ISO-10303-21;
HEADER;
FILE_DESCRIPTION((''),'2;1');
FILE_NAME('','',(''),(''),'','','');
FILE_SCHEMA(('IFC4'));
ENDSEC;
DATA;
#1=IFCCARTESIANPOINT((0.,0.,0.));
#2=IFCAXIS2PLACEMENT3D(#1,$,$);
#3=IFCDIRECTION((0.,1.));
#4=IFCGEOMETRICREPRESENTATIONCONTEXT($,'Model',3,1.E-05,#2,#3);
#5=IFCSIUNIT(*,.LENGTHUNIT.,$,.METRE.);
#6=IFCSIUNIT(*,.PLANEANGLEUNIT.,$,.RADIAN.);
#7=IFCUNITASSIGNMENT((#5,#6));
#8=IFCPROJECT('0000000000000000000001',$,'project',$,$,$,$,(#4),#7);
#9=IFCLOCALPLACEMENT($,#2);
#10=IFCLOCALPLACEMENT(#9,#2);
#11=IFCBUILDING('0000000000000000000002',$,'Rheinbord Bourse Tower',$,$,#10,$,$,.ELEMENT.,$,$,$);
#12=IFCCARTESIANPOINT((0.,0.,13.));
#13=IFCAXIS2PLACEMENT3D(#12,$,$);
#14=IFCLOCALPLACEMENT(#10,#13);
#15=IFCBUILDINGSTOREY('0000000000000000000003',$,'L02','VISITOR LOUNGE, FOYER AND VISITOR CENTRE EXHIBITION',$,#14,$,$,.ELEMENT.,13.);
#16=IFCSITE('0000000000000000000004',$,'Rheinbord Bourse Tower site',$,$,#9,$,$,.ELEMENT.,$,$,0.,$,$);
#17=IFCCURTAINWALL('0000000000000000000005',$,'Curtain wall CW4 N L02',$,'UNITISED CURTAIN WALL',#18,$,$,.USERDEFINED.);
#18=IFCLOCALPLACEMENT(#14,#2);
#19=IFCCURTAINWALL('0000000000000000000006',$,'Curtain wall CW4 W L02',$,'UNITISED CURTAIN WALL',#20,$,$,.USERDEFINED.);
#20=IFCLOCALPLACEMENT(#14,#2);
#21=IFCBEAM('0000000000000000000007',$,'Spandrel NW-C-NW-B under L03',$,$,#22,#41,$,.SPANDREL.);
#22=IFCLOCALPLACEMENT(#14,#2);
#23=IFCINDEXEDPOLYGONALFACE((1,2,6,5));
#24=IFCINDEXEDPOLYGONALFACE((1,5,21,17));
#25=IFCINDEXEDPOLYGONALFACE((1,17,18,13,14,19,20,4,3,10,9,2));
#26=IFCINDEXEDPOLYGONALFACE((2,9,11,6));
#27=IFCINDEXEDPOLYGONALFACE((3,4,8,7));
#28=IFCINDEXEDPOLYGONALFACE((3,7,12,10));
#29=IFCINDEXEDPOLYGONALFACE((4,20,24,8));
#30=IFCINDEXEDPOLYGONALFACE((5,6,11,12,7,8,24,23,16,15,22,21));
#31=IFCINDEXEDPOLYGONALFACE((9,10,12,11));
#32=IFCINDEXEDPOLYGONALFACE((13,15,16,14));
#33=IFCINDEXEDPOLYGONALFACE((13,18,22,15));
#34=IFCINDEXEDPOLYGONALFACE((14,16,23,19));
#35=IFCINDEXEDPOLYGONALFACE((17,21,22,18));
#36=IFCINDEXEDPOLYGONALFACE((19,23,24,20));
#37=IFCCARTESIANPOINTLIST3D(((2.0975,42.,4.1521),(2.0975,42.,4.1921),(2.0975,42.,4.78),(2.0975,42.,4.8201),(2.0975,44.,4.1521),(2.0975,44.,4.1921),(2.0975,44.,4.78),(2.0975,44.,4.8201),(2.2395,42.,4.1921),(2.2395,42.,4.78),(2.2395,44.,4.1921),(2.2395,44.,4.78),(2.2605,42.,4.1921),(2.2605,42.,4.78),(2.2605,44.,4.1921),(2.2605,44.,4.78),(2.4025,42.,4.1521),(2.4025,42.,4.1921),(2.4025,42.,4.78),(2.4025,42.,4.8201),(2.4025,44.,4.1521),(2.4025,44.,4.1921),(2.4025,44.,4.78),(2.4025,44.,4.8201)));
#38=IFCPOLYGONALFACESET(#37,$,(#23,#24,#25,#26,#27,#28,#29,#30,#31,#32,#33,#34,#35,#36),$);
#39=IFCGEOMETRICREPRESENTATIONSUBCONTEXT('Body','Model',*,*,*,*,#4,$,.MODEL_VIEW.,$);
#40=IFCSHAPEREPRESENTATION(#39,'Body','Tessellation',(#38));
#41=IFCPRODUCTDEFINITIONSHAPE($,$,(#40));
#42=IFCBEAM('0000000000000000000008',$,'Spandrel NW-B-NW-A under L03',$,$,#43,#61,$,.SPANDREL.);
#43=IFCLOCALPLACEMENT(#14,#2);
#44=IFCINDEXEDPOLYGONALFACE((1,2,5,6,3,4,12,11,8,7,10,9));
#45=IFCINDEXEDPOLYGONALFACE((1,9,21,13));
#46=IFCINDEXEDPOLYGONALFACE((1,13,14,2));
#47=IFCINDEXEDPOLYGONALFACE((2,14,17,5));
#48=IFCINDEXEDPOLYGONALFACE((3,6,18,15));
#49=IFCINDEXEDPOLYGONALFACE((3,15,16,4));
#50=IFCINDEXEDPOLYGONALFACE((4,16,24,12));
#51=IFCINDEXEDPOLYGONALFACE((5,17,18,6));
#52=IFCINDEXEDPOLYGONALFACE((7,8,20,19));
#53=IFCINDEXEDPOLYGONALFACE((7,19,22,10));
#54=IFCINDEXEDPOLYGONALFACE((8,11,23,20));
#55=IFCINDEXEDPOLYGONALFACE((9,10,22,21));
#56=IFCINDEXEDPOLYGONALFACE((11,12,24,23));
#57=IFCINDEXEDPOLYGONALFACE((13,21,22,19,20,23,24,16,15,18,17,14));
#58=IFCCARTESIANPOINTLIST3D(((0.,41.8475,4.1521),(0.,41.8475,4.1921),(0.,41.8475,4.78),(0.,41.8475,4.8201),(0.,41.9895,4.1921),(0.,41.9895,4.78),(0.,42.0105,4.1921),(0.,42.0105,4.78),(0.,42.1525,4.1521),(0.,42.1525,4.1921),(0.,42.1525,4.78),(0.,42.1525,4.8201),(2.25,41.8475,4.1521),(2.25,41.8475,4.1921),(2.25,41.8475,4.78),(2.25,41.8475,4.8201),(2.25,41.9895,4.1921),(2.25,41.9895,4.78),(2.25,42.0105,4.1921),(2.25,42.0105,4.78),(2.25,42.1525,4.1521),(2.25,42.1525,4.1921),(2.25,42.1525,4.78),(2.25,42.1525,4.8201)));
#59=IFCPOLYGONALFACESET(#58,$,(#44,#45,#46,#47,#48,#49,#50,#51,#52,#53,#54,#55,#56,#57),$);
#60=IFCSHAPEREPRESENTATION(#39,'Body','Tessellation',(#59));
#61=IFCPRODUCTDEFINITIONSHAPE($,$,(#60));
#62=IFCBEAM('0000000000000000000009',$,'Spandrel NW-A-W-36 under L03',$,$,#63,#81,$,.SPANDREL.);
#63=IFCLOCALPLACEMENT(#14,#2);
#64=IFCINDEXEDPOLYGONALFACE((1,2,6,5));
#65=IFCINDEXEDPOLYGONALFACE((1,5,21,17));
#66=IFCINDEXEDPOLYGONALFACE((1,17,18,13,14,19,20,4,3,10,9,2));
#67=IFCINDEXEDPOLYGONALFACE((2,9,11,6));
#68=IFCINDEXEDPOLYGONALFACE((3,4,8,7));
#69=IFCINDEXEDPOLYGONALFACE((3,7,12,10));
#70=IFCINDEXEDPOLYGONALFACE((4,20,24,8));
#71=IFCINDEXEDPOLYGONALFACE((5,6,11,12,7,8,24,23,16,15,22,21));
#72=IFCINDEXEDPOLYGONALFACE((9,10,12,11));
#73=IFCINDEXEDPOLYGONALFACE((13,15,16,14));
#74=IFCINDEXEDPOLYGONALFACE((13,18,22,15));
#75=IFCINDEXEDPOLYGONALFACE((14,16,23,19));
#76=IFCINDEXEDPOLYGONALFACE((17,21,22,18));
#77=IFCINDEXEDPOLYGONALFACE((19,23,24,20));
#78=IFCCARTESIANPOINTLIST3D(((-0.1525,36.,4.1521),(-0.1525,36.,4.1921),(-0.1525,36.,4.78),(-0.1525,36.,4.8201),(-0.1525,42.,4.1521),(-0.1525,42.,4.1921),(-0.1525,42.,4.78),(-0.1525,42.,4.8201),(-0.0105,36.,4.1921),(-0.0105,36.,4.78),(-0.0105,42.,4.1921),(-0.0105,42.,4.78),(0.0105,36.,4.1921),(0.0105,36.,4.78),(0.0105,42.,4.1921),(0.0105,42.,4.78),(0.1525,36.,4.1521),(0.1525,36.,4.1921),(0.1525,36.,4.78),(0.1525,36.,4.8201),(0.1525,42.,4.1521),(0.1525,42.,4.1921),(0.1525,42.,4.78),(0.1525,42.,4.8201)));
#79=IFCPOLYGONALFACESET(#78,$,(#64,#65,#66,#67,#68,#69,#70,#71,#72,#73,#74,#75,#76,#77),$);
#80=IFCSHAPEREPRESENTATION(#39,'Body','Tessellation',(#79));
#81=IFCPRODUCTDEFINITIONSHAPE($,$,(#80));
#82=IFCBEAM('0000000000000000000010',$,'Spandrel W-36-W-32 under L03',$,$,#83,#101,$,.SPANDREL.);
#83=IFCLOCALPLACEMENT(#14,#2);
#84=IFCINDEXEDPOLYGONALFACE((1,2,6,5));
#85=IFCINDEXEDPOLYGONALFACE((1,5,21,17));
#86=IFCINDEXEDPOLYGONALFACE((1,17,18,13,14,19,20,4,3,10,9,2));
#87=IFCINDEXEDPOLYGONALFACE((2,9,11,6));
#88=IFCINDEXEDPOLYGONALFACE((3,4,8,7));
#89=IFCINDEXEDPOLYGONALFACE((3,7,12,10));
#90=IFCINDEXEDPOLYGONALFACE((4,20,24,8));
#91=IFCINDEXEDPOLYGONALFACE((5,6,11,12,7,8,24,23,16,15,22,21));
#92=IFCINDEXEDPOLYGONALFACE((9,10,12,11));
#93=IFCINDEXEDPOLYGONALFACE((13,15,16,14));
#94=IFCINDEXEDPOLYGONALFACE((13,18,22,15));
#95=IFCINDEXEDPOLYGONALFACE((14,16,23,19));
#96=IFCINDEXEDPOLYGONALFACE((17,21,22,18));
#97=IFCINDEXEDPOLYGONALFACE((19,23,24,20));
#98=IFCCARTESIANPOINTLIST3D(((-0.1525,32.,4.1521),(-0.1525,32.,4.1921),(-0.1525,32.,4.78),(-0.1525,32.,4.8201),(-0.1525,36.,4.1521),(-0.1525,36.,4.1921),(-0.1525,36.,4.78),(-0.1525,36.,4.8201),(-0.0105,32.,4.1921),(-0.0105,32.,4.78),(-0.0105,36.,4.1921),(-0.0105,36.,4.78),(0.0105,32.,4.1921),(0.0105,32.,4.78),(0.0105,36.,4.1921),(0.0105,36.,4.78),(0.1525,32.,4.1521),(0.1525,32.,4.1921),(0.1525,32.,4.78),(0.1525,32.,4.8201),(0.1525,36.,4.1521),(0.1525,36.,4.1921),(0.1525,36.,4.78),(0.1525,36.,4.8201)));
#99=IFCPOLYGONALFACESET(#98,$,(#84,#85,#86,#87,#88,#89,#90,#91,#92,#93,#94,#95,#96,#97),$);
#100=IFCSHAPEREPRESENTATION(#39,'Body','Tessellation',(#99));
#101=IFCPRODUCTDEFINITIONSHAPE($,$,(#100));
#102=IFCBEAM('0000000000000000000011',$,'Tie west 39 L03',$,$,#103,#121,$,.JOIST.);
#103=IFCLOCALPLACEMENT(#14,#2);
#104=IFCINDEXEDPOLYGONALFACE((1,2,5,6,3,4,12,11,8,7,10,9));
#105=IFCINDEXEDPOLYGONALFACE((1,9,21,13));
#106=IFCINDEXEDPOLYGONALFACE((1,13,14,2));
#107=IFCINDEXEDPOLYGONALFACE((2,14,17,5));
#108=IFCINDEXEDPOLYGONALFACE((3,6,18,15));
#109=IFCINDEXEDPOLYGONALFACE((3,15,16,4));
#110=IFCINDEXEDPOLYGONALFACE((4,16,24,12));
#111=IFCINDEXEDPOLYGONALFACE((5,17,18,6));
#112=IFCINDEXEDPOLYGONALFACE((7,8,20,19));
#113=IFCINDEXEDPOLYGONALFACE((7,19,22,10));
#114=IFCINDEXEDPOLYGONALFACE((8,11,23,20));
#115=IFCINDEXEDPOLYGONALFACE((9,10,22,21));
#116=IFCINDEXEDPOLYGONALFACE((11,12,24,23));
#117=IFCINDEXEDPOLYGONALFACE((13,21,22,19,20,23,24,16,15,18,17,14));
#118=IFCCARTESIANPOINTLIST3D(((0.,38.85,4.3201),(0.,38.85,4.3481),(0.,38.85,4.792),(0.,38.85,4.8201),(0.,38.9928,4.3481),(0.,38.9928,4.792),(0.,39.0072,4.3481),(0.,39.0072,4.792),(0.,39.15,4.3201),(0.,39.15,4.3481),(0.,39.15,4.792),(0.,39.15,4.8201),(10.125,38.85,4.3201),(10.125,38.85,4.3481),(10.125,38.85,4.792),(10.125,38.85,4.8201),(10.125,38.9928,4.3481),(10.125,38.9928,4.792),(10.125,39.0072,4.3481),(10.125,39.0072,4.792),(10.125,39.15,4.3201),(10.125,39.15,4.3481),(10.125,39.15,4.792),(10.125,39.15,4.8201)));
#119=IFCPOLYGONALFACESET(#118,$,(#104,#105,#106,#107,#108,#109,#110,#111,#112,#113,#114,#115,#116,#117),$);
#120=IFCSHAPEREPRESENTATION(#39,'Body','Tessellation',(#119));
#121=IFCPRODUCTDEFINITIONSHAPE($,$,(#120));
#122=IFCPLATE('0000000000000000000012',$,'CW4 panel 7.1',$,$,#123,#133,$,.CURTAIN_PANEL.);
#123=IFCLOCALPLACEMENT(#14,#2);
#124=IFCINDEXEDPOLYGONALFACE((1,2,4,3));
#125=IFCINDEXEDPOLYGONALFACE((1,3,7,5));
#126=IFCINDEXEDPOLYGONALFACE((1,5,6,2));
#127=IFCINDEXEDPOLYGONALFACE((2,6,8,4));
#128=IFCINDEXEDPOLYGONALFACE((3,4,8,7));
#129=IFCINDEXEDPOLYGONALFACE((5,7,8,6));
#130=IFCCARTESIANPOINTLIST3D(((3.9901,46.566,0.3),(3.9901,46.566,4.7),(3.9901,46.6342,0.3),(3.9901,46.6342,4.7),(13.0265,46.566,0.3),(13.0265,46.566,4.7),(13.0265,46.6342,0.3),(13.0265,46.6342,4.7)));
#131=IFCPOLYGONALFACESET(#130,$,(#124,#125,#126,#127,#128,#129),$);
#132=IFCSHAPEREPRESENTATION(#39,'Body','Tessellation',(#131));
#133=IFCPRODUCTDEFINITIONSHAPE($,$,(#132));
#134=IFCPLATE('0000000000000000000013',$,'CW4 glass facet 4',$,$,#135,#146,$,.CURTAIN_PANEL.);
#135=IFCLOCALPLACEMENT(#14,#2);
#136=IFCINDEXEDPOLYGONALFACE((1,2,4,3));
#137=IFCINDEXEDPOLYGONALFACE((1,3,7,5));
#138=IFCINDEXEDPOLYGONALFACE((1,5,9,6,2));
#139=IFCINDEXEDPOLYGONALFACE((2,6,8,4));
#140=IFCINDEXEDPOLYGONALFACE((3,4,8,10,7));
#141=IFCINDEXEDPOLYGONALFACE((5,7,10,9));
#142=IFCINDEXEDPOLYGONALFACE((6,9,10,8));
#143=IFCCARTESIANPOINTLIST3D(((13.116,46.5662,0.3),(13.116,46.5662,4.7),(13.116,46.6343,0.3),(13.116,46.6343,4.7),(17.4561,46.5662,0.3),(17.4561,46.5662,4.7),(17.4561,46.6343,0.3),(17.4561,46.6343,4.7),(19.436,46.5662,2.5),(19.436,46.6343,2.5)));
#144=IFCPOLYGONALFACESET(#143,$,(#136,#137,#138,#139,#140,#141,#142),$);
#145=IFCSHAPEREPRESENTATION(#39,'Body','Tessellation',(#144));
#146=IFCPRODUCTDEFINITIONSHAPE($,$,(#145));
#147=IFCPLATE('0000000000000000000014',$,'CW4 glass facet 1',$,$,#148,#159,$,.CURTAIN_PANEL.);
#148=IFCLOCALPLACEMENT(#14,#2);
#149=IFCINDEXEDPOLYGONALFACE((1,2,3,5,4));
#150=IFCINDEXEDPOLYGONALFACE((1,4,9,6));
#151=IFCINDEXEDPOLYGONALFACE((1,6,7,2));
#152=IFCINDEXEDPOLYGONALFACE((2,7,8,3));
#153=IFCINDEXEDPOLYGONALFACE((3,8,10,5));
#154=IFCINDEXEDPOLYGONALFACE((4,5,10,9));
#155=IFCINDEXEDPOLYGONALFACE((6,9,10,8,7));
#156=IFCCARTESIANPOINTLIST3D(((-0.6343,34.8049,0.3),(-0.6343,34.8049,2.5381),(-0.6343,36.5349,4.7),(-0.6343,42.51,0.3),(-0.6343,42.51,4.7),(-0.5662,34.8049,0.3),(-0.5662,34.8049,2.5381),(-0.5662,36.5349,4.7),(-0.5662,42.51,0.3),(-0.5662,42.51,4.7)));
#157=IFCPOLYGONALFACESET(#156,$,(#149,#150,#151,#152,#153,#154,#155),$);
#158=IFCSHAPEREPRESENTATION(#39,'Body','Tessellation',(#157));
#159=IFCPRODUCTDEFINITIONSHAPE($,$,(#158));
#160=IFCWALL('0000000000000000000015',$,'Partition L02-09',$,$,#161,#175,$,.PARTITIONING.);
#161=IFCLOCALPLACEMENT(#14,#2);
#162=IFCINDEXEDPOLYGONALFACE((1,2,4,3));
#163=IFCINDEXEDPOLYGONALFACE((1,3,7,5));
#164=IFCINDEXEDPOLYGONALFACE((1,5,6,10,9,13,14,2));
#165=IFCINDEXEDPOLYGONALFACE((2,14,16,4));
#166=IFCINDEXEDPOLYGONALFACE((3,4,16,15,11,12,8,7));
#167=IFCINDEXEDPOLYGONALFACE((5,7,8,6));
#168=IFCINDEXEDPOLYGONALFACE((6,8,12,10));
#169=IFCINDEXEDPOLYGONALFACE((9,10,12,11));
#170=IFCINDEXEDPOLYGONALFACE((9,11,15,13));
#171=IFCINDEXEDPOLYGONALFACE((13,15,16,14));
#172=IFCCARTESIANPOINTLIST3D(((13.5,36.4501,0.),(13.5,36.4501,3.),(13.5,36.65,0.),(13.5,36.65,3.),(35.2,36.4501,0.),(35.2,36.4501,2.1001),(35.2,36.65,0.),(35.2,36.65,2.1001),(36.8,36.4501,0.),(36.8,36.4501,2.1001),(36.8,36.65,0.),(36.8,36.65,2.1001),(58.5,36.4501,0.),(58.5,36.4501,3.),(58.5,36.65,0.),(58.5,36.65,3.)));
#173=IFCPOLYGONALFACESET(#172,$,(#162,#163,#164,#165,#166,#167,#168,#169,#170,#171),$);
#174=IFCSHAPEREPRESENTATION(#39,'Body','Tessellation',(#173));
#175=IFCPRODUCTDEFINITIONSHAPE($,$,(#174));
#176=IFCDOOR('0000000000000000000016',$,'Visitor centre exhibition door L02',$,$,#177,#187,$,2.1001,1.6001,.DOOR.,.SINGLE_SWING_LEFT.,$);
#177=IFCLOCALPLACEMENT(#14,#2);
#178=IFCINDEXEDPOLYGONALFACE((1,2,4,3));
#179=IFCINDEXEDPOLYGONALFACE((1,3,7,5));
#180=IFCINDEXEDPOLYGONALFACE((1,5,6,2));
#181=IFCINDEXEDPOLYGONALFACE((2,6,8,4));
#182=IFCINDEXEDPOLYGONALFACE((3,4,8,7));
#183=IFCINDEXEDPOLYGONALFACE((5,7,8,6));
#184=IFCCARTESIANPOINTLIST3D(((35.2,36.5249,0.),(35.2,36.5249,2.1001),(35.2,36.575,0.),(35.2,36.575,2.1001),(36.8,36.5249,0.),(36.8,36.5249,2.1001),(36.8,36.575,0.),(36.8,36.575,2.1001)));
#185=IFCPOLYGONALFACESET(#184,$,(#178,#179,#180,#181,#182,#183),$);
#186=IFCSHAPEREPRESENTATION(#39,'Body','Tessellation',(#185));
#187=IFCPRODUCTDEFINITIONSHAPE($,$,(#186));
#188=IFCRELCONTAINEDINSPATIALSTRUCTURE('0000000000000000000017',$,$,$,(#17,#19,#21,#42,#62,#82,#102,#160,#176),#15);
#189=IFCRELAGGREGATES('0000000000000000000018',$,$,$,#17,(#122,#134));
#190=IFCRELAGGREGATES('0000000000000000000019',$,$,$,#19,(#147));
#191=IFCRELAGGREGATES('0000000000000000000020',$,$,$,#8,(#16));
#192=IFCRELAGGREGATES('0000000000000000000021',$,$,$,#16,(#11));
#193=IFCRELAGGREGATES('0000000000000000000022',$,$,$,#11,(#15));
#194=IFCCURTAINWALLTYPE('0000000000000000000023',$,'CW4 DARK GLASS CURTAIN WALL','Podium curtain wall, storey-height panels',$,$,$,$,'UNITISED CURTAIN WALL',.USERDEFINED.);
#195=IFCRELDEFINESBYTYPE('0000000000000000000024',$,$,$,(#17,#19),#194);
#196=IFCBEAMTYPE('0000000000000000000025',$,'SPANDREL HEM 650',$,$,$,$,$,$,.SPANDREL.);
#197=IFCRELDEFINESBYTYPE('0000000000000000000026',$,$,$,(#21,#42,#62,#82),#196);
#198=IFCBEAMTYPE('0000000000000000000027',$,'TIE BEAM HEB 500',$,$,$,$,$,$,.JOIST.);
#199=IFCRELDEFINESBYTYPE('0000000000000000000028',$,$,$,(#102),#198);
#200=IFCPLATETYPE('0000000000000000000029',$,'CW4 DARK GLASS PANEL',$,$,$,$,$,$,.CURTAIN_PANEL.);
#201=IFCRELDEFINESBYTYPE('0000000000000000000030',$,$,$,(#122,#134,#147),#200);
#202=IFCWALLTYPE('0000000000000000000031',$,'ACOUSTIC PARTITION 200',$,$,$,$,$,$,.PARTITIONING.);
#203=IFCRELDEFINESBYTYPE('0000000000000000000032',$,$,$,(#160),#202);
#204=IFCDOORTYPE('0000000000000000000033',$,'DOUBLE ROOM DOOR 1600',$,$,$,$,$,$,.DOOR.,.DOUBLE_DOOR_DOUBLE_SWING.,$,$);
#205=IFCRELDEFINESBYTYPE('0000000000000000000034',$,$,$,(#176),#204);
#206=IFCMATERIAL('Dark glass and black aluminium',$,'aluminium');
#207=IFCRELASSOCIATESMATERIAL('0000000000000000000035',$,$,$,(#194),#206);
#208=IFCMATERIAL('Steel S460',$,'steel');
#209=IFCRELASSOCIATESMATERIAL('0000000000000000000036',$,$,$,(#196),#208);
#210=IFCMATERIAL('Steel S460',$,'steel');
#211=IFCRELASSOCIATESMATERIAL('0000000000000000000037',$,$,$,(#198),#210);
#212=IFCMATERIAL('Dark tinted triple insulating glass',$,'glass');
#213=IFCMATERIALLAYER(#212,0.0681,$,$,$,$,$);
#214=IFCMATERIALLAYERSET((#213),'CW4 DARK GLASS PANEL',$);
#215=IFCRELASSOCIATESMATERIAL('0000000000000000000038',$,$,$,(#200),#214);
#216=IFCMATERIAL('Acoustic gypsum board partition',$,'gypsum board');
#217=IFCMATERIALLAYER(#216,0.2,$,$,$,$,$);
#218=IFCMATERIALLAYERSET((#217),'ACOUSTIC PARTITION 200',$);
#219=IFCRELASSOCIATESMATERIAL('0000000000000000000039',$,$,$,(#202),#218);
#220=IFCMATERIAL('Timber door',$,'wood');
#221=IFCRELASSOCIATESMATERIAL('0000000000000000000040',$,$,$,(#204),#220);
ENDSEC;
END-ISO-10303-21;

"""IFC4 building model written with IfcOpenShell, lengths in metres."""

from ifc_helpers import new_model, si_unit, direction, frame, frame_2d, origin, origin_2d, place, context, subcontext, project, spatial, polyline, rectangle, i_section, outline, extrude, material, layer, layer_set, material_profile, profile_set, type_object, element, fill, aggregate, save


model = new_model("IFC4")

# Units and contexts
model_context = context("Model", 3, precision=1e-05, world=origin(), true_north=direction((0.0, 1.0)))
body_context = subcontext(model_context, "Body", "Model", "MODEL_VIEW")
ifc_project = project(units=[si_unit("LENGTHUNIT", "METRE"), si_unit("PLANEANGLEUNIT", "RADIAN")], contexts=[model_context])

# Site, building, storey
site_placement = place(None, origin())
site = spatial("IfcSite", under=ifc_project, at=site_placement, Name="Rheinbord Bourse Tower site", CompositionType="ELEMENT", RefElevation=0.0)
building_placement = place(site_placement, origin())
building = spatial("IfcBuilding", under=site, at=building_placement, Name="Rheinbord Bourse Tower", CompositionType="ELEMENT")
storey_placement = place(building_placement, frame((0.0, 0.0, 13.0)))
storey = spatial("IfcBuildingStorey", under=building, at=storey_placement, Name="L02", Description="VISITOR LOUNGE, FOYER AND VISITOR CENTRE EXHIBITION", CompositionType="ELEMENT", Elevation=13.0)

# Curtain wall
ifc_material_1 = material(Name="Dark glass and black aluminium", Category="aluminium")
curtain_wall_type = type_object("IfcCurtainWallType", Name="CW4 DARK GLASS CURTAIN WALL", Description="Podium curtain wall, storey-height panels", ElementType="UNITISED CURTAIN WALL", PredefinedType="USERDEFINED", material=ifc_material_1)
curtain_wall_1_placement = place(storey_placement, origin())
curtain_wall_1 = element("IfcCurtainWall", 1, at=curtain_wall_1_placement, inside=storey, type_object=curtain_wall_type, Name="Curtain wall CW4 N L02", ObjectType="UNITISED CURTAIN WALL", PredefinedType="USERDEFINED")

# Curtain wall
curtain_wall_2_placement = place(storey_placement, origin())
curtain_wall_2 = element("IfcCurtainWall", 2, at=curtain_wall_2_placement, inside=storey, type_object=curtain_wall_type, Name="Curtain wall CW4 W L02", ObjectType="UNITISED CURTAIN WALL", PredefinedType="USERDEFINED")

# Beams
ifc_material_2 = material(Name="Steel S460", Category="steel")
ifc_material_profile_1 = material_profile(ifc_material_2, i_section(OverallWidth=0.3049, OverallDepth=0.668, WebThickness=0.021, FlangeThickness=0.04, at=origin_2d()), Name="HEM 650")
ifc_profile_set_1 = profile_set([ifc_material_profile_1], Name="Steel S460")
beam_type_1 = type_object("IfcBeamType", Name="SPANDREL HEM 650", PredefinedType="SPANDREL", material=ifc_profile_set_1)
beam_1_placement = place(storey_placement, frame((2.25, 44.0, 4.4861), z_axis=(0.0, -1.0, 0.0), x_axis=(1.0, 0.0, 0.0)))
element("IfcBeam", 3, at=beam_1_placement, inside=storey, type_object=beam_type_1, Name="Spandrel NW-C-NW-B under L03", PredefinedType="SPANDREL", context=body_context, shape_type="SweptSolid", body=[
    extrude(i_section(OverallWidth=0.3049, OverallDepth=0.668, WebThickness=0.021, FlangeThickness=0.04, at=origin_2d()), origin(), (0.0, 0.0, 1.0), 2.0),
])
beam_2_placement = place(storey_placement, frame((2.25, 42.0, 4.4861), z_axis=(-1.0, 0.0, 0.0), x_axis=(0.0, -1.0, 0.0)))
element("IfcBeam", 4, at=beam_2_placement, inside=storey, type_object=beam_type_1, Name="Spandrel NW-B-NW-A under L03", PredefinedType="SPANDREL", context=body_context, shape_type="SweptSolid", body=[
    extrude(i_section(OverallWidth=0.3049, OverallDepth=0.668, WebThickness=0.021, FlangeThickness=0.04, at=origin_2d()), origin(), (0.0, 0.0, 1.0), 2.25),
])
beam_3_placement = place(storey_placement, frame((0.0, 42.0, 4.4861), z_axis=(0.0, -1.0, 0.0), x_axis=(1.0, 0.0, 0.0)))
element("IfcBeam", 5, at=beam_3_placement, inside=storey, type_object=beam_type_1, Name="Spandrel NW-A-W-36 under L03", PredefinedType="SPANDREL", context=body_context, shape_type="SweptSolid", body=[
    extrude(i_section(OverallWidth=0.3049, OverallDepth=0.668, WebThickness=0.021, FlangeThickness=0.04, at=origin_2d()), origin(), (0.0, 0.0, 1.0), 6.0),
])
beam_4_placement = place(storey_placement, frame((0.0, 36.0, 4.4861), z_axis=(0.0, -1.0, 0.0), x_axis=(1.0, 0.0, 0.0)))
element("IfcBeam", 6, at=beam_4_placement, inside=storey, type_object=beam_type_1, Name="Spandrel W-36-W-32 under L03", PredefinedType="SPANDREL", context=body_context, shape_type="SweptSolid", body=[
    extrude(i_section(OverallWidth=0.3049, OverallDepth=0.668, WebThickness=0.021, FlangeThickness=0.04, at=origin_2d()), origin(), (0.0, 0.0, 1.0), 4.0),
])
ifc_material_3 = material(Name="Steel S460", Category="steel")
ifc_material_profile_2 = material_profile(ifc_material_3, i_section(OverallWidth=0.3, OverallDepth=0.5, WebThickness=0.0144, FlangeThickness=0.0281, at=origin_2d()), Name="HEB 500")
ifc_profile_set_2 = profile_set([ifc_material_profile_2], Name="Steel S460")
beam_type_2 = type_object("IfcBeamType", Name="TIE BEAM HEB 500", PredefinedType="JOIST", material=ifc_profile_set_2)
beam_5_placement = place(storey_placement, frame((0.0, 39.0, 4.5701), z_axis=(1.0, 0.0, 0.0), x_axis=(0.0, 1.0, 0.0)))
element("IfcBeam", 7, at=beam_5_placement, inside=storey, type_object=beam_type_2, Name="Tie west 39 L03", PredefinedType="JOIST", context=body_context, shape_type="SweptSolid", body=[
    extrude(i_section(OverallWidth=0.3, OverallDepth=0.5, WebThickness=0.0144, FlangeThickness=0.0281, at=origin_2d()), origin(), (0.0, 0.0, 1.0), 10.125),
])

# Plates
ifc_material_4 = material(Name="Dark tinted triple insulating glass", Category="glass")
ifc_layer_1 = layer(ifc_material_4, 0.0681)
ifc_layer_set_1 = layer_set([ifc_layer_1], Name="CW4 DARK GLASS PANEL")
plate_type = type_object("IfcPlateType", Name="CW4 DARK GLASS PANEL", PredefinedType="CURTAIN_PANEL", material=ifc_layer_set_1)
plate_1_placement = place(storey_placement, frame((8.5083, 46.6001, 0.3), z_axis=(0.0, 0.0, 1.0), x_axis=(-1.0, 0.0, 0.0)))
plate_1 = element("IfcPlate", 8, at=plate_1_placement, type_object=plate_type, Name="CW4 panel 7.1", PredefinedType="CURTAIN_PANEL", context=body_context, shape_type="SweptSolid", body=[
    extrude(rectangle(XDim=9.0364, YDim=0.0681, at=origin_2d()), origin(), (0.0, 0.0, 1.0), 4.3999),
])
plate_2_placement = place(storey_placement, frame((13.116, 46.6343, 4.7), z_axis=(0.0, -1.0, 0.0), x_axis=(0.0, 0.0, -1.0)))
plate_2 = element("IfcPlate", 9, at=plate_2_placement, type_object=plate_type, Name="CW4 glass facet 4", PredefinedType="CURTAIN_PANEL", context=body_context, shape_type="SweptSolid", body=[
    extrude(outline(polyline([(0.0, 0.0), (4.3999, 0.0), (4.3999, 4.3401), (2.2, 6.3201), (0.0, 4.3401), (0.0, 0.0)])), origin(), (0.0, 0.0, 1.0), 0.0681),
])
aggregate(curtain_wall_1, [plate_1, plate_2])
plate_3_placement = place(storey_placement, frame((-0.6343, 34.8049, 0.3), z_axis=(1.0, 0.0, 0.0), x_axis=(0.0, 1.0, 0.0)))
plate_3 = element("IfcPlate", 10, at=plate_3_placement, type_object=plate_type, Name="CW4 glass facet 1", PredefinedType="CURTAIN_PANEL", context=body_context, shape_type="SweptSolid", body=[
    extrude(outline(polyline([(0.0, 0.0), (7.7051, 0.0), (7.7051, 4.3999), (1.73, 4.3999), (0.0, 2.238), (0.0, 0.0)])), origin(), (0.0, 0.0, 1.0), 0.0681),
])
aggregate(curtain_wall_2, [plate_3])

# Wall, opening, door
ifc_material_5 = material(Name="Acoustic gypsum board partition", Category="gypsum board")
ifc_layer_2 = layer(ifc_material_5, 0.2)
ifc_layer_set_2 = layer_set([ifc_layer_2], Name="ACOUSTIC PARTITION 200")
wall_type_1 = type_object("IfcWallType", Name="ACOUSTIC PARTITION 200", PredefinedType="PARTITIONING", material=ifc_layer_set_2)
wall_1_placement = place(storey_placement, frame((13.5, 36.55, 0.0), z_axis=(0.0, 0.0, 1.0), x_axis=(1.0, 0.0, 0.0)))
wall_1 = element("IfcWall", 11, at=wall_1_placement, inside=storey, type_object=wall_type_1, Name="Partition L02-09", PredefinedType="PARTITIONING", context=body_context, shape_type="SweptSolid", body=[
    extrude(rectangle(XDim=45.0, YDim=0.2, at=frame_2d((22.5, 0.0))), origin(), (0.0, 0.0, 1.0), 3.0),
])
opening_placement = place(wall_1_placement, frame((21.7, 0.0, 0.0)))
opening = element("IfcOpeningElement", 12, at=opening_placement, cuts=wall_1, PredefinedType="OPENING", context=body_context, shape_type="SweptSolid", body=[
    extrude(rectangle(XDim=1.6001, YDim=2.1001, at=frame_2d((0.8, 1.05))), frame((0.0, 0.1099, 0.0), z_axis=(0.0, -1.0, 0.0), x_axis=(1.0, 0.0, 0.0)), (0.0, 0.0, 1.0), 0.22),
])
ifc_material_6 = material(Name="Timber door", Category="wood")
door_type = type_object("IfcDoorType", Name="DOUBLE ROOM DOOR 1600", OperationType="DOUBLE_DOOR_DOUBLE_SWING", PredefinedType="DOOR", material=ifc_material_6)
door_placement = place(opening_placement, origin())
door = element("IfcDoor", 13, at=door_placement, inside=storey, type_object=door_type, Name="Visitor centre exhibition door L02", OperationType="SINGLE_SWING_LEFT", OverallHeight=2.1001, OverallWidth=1.6001, PredefinedType="DOOR", context=body_context, shape_type="SweptSolid", body=[
    extrude(rectangle(XDim=1.6001, YDim=2.1001, at=frame_2d((0.8, 1.05))), frame((0.0, 0.0249, 0.0), z_axis=(0.0, -1.0, 0.0), x_axis=(1.0, 0.0, 0.0)), (0.0, 0.0, 1.0), 0.05),
])
fill(opening, door)

save(model, "model.ifc")
